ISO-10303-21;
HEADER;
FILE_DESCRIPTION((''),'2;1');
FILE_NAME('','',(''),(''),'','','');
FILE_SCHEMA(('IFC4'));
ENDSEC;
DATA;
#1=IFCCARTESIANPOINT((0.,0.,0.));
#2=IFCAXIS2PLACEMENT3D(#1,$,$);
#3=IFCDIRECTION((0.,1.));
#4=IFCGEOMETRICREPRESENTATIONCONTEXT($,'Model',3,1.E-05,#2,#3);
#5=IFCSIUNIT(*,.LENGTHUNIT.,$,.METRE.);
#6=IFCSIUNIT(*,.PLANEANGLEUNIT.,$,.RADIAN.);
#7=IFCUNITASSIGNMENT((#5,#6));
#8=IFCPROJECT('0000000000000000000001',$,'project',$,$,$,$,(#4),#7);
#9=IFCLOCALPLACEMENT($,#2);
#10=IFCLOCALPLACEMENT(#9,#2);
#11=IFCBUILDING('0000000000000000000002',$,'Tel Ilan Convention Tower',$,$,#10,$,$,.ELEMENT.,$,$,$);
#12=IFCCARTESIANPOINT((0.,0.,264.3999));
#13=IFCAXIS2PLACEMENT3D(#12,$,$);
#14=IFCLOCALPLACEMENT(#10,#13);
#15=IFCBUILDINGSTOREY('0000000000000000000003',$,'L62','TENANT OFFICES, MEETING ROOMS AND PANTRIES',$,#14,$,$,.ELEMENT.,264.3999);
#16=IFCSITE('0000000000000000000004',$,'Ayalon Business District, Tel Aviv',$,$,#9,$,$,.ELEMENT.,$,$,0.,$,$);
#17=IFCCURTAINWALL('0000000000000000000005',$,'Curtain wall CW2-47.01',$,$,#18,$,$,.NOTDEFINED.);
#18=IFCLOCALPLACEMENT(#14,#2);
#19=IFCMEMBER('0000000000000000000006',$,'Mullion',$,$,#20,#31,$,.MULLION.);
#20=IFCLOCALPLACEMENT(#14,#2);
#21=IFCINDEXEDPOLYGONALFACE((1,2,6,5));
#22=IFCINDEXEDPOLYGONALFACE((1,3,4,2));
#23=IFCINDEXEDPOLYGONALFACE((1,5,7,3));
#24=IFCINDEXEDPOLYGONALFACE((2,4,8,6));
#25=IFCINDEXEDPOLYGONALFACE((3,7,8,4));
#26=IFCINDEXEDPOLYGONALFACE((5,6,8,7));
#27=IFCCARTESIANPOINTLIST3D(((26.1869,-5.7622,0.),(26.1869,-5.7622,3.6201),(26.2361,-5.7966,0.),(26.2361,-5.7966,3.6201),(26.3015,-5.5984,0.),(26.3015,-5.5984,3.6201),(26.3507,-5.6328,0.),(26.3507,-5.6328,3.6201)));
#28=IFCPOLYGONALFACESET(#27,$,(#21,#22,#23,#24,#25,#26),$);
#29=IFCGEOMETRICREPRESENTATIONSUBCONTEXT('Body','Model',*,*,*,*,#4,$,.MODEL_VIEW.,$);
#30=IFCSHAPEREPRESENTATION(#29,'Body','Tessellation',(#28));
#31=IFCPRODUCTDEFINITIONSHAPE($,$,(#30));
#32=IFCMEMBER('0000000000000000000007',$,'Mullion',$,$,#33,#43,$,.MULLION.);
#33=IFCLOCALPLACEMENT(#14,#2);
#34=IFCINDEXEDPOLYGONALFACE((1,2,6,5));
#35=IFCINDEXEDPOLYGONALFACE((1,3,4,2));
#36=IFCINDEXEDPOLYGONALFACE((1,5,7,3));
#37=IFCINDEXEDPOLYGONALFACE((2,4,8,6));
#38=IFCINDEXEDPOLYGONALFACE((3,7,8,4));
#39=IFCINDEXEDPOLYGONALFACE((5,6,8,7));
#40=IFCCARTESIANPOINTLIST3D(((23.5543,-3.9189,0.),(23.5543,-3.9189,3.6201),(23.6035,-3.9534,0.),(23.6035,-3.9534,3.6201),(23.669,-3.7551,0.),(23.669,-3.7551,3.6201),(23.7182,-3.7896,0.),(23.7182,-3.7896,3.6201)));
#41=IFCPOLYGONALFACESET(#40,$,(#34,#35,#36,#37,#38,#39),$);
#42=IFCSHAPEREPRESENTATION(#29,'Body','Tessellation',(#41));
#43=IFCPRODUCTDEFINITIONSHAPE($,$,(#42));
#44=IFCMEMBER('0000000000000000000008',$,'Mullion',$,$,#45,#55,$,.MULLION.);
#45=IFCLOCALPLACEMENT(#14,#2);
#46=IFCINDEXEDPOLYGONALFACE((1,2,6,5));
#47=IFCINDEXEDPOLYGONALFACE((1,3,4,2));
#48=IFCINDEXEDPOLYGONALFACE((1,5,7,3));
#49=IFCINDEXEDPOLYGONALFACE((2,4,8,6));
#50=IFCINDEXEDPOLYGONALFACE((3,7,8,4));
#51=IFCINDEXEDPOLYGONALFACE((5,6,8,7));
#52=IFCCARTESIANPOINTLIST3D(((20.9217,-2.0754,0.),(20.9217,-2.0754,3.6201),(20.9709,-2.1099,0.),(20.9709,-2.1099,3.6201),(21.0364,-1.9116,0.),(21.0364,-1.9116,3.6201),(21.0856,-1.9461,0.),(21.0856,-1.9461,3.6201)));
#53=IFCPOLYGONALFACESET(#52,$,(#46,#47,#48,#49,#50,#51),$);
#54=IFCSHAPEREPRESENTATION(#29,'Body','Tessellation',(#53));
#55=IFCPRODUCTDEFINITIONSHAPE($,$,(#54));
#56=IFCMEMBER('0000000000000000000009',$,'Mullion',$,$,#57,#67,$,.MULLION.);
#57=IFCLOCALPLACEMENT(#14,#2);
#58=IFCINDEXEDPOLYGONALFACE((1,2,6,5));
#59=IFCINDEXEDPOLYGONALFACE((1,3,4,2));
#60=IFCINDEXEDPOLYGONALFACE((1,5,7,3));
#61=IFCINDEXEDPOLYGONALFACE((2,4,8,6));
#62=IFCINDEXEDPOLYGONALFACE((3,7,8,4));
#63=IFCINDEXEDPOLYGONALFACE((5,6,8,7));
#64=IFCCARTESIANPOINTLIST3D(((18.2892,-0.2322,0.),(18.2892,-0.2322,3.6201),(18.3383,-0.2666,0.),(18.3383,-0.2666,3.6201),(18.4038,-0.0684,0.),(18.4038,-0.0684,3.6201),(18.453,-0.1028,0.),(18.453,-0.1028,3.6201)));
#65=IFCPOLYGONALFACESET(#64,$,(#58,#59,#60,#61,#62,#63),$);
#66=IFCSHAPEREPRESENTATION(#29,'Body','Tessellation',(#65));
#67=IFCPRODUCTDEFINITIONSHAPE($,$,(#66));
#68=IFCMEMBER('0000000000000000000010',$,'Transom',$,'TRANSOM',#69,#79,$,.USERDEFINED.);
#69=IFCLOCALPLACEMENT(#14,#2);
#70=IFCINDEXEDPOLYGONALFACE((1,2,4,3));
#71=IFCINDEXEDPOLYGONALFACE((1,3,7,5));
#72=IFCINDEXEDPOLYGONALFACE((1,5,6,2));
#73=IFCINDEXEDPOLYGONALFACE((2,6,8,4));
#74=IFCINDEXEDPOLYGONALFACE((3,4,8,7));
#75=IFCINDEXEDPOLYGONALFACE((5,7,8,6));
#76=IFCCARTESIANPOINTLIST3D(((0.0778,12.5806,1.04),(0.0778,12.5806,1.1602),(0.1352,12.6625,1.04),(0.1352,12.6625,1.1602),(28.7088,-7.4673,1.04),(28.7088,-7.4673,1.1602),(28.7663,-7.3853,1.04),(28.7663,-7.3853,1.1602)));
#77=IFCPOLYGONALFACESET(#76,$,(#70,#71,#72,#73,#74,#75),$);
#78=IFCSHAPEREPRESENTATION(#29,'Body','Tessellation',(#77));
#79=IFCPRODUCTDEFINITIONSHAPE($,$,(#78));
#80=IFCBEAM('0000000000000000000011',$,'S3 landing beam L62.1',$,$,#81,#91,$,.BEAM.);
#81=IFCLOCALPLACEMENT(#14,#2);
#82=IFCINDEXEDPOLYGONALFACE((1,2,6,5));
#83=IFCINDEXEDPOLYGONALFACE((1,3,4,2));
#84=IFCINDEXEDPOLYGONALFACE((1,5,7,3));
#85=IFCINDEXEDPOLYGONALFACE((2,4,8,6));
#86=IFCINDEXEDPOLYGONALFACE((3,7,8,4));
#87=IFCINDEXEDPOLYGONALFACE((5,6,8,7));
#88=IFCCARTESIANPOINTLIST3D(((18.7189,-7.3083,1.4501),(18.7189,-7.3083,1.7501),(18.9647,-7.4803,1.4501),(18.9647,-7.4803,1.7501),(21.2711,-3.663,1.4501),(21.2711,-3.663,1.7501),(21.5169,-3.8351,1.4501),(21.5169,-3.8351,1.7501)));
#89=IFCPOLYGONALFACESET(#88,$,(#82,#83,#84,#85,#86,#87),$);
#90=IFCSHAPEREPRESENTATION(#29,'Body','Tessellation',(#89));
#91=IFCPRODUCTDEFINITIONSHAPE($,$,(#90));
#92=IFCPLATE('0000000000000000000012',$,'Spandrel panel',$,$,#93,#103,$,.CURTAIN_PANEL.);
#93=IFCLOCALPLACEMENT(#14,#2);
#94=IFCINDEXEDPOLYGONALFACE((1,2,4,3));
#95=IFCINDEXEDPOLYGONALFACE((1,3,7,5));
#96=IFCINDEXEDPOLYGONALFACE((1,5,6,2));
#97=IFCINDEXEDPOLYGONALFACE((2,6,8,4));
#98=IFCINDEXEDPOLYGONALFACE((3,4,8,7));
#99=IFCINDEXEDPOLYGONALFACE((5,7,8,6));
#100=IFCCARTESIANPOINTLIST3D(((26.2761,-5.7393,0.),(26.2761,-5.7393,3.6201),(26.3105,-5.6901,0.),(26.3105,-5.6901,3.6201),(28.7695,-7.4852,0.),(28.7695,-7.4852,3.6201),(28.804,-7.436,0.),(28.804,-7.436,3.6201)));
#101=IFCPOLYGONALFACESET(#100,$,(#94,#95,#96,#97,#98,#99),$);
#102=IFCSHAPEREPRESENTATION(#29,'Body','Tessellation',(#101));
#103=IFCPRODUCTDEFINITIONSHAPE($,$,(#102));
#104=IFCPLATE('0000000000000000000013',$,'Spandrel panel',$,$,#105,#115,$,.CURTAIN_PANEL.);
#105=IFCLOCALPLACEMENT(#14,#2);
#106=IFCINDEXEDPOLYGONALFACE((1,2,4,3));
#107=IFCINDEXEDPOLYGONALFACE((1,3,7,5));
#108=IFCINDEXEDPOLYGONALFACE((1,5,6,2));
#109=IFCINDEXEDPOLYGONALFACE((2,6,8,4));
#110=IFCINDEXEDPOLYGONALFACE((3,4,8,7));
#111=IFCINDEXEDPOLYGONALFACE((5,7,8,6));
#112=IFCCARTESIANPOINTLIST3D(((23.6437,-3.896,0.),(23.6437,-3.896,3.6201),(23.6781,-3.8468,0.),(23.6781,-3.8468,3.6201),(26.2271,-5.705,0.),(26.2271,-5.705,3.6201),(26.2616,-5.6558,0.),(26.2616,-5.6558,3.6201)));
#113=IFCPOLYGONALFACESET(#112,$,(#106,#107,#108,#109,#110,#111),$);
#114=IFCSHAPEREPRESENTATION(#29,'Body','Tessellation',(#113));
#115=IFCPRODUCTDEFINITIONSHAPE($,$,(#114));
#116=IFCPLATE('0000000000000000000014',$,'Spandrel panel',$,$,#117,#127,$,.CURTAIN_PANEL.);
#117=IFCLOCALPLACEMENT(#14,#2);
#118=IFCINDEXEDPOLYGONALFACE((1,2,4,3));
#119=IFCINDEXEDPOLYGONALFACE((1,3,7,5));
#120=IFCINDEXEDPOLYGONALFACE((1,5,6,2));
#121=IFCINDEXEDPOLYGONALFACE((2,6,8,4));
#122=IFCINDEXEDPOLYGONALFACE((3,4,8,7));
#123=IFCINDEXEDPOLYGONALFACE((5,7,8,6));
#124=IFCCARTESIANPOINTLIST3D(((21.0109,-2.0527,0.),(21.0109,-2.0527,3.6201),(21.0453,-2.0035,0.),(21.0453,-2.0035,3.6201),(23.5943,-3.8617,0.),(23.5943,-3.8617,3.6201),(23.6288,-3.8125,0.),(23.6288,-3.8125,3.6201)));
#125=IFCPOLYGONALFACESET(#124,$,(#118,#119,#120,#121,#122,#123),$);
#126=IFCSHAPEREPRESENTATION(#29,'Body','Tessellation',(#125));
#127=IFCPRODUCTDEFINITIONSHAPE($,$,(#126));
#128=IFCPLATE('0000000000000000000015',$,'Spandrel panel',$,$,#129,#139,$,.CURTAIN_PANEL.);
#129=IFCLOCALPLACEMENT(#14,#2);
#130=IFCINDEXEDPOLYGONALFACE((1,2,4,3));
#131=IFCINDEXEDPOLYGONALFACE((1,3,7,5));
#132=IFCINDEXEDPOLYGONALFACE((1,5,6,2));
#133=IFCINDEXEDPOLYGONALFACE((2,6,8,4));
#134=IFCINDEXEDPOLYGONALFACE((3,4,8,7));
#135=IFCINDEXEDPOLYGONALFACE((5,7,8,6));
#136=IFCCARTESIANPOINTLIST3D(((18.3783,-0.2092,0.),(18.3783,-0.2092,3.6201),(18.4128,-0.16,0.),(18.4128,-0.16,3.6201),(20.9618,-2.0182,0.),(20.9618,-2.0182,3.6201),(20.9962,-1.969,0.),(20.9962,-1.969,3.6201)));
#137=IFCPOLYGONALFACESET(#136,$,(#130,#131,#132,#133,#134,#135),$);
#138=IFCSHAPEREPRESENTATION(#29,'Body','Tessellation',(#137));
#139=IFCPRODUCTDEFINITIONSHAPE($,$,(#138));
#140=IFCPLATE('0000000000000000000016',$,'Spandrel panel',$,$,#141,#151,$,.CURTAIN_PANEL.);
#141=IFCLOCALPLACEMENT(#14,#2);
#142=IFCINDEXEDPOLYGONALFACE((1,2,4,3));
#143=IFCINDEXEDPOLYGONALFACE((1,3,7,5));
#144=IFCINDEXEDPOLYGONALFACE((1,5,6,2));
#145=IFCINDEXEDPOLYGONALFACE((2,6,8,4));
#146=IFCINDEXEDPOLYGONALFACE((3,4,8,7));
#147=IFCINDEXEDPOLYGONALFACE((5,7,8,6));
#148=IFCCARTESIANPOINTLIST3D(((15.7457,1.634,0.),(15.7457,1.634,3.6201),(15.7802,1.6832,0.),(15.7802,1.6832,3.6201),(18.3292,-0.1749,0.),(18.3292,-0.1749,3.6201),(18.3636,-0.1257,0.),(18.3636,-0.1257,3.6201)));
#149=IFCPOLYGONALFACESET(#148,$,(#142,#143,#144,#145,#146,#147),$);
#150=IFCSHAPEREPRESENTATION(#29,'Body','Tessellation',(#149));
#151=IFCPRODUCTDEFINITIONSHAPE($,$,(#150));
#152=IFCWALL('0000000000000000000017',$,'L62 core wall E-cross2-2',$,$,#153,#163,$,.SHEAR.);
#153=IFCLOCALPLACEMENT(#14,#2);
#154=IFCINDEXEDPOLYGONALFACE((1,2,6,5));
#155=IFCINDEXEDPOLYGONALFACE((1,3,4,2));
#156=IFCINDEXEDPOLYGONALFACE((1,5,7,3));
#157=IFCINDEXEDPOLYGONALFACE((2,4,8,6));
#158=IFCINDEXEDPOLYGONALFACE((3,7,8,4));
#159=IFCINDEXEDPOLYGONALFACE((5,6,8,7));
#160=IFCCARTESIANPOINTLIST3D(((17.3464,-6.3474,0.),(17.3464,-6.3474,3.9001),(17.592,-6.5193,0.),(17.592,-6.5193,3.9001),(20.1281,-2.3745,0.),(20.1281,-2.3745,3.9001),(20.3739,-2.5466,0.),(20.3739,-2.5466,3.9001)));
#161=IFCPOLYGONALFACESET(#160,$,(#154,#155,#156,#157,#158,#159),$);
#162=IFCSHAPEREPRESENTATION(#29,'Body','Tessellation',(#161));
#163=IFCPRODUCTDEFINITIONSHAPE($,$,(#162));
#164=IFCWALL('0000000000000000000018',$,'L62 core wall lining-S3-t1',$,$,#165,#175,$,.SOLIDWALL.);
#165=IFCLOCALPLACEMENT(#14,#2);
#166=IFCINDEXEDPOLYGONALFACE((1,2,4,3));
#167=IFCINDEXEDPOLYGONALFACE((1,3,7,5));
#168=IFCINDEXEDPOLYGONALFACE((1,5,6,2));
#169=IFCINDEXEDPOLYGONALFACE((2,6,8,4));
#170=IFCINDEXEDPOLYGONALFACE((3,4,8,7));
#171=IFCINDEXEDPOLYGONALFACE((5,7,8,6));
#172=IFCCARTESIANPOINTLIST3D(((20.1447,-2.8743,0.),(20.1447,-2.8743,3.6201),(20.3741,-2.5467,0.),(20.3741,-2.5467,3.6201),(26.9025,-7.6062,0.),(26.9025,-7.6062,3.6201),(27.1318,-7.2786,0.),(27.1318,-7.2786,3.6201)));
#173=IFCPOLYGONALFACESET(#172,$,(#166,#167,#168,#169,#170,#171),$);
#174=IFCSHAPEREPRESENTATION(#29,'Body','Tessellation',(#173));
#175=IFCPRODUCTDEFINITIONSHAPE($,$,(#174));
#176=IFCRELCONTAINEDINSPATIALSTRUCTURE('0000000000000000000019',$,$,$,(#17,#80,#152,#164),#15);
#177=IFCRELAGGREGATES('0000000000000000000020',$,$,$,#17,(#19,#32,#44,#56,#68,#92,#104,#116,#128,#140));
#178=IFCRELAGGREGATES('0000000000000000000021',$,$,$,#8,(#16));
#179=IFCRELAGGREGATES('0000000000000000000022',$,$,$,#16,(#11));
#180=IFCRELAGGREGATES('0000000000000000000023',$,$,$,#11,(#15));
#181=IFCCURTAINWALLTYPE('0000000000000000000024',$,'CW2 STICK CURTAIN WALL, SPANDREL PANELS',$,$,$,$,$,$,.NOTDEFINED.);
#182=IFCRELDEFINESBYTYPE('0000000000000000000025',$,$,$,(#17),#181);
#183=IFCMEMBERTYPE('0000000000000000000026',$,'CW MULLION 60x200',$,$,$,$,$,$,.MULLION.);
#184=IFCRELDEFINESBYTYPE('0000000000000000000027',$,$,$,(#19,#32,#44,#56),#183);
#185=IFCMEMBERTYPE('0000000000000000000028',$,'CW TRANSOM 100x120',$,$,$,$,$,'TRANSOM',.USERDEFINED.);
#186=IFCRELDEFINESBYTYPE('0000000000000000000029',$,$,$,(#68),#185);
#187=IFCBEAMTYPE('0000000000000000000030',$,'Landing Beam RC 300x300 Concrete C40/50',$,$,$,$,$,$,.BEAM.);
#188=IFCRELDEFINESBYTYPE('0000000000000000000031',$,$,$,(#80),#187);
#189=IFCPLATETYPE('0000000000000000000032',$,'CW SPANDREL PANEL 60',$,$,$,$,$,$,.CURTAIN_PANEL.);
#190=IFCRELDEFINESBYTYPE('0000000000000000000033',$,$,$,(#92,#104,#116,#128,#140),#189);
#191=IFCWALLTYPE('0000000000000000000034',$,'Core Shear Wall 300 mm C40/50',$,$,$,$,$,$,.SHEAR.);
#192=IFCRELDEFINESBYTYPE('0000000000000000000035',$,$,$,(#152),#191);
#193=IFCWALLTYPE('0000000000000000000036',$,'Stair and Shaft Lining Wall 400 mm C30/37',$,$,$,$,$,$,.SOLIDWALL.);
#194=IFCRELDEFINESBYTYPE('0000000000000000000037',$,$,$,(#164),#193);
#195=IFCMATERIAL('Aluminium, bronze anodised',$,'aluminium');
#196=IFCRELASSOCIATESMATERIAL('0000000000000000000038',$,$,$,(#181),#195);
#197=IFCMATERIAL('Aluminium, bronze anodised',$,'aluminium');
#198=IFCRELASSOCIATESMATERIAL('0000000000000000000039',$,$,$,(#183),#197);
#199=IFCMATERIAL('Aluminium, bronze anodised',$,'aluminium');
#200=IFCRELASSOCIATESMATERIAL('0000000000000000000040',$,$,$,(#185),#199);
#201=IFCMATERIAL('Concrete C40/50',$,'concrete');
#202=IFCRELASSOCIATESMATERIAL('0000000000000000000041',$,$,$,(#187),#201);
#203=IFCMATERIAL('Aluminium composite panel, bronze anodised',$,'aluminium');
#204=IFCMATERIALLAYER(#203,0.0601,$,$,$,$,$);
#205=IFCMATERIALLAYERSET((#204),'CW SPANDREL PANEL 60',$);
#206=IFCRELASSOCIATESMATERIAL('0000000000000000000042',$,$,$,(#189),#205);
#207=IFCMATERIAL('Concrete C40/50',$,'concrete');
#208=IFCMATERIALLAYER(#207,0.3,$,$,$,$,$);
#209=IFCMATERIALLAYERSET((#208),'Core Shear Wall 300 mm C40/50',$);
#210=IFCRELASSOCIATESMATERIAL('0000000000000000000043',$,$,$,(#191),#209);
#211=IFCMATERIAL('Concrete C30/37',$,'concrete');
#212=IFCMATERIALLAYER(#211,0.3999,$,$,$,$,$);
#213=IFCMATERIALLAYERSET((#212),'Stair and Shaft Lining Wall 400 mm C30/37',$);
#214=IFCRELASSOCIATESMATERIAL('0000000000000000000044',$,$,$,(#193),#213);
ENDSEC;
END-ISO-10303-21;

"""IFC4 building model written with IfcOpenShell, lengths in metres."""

from ifc_helpers import new_model, si_unit, direction, frame, frame_2d, origin, origin_2d, place, context, subcontext, project, spatial, polyline, rectangle, outline, extrude, material, layer, layer_set, material_profile, profile_set, type_object, element, aggregate, save


model = new_model("IFC4")

# Units and contexts
model_context = context("Model", 3, precision=1e-05, world=origin(), true_north=direction((0.0, 1.0)))
body_context = subcontext(model_context, "Body", "Model", "MODEL_VIEW")
ifc_project = project(units=[si_unit("LENGTHUNIT", "METRE"), si_unit("PLANEANGLEUNIT", "RADIAN")], contexts=[model_context])

# Site, building, storey
site_placement = place(None, origin())
site = spatial("IfcSite", under=ifc_project, at=site_placement, Name="Ayalon Business District, Tel Aviv", CompositionType="ELEMENT", RefElevation=0.0)
building_placement = place(site_placement, origin())
building = spatial("IfcBuilding", under=site, at=building_placement, Name="Tel Ilan Convention Tower", CompositionType="ELEMENT")
storey_placement = place(building_placement, frame((0.0, 0.0, 264.3999)))
storey = spatial("IfcBuildingStorey", under=building, at=storey_placement, Name="L62", Description="TENANT OFFICES, MEETING ROOMS AND PANTRIES", CompositionType="ELEMENT", Elevation=264.3999)

# Curtain wall, members
ifc_material_1 = material(Name="Aluminium, bronze anodised", Category="aluminium")
curtain_wall_type = type_object("IfcCurtainWallType", Name="CW2 STICK CURTAIN WALL, SPANDREL PANELS", PredefinedType="NOTDEFINED", material=ifc_material_1)
curtain_wall_placement = place(storey_placement, origin())
curtain_wall = element("IfcCurtainWall", 1, at=curtain_wall_placement, inside=storey, type_object=curtain_wall_type, Name="Curtain wall CW2-47.01", PredefinedType="NOTDEFINED")
ifc_material_2 = material(Name="Aluminium, bronze anodised", Category="aluminium")
ifc_material_profile_1 = material_profile(ifc_material_2, rectangle(XDim=0.0601, YDim=0.2, at=origin_2d()), Name="CW MULLION 60x200")
ifc_profile_set_1 = profile_set([ifc_material_profile_1], Name="Aluminium, bronze anodised")
member_type_1 = type_object("IfcMemberType", Name="CW MULLION 60x200", PredefinedType="MULLION", material=ifc_profile_set_1)
member_1_placement = place(storey_placement, frame((26.2688, -5.6975, 0.0), z_axis=(0.0, 0.0, 1.0), x_axis=(-0.819152, 0.573576, 0.0)))
member_1 = element("IfcMember", 2, at=member_1_placement, type_object=member_type_1, Name="Mullion", PredefinedType="MULLION", context=body_context, shape_type="SweptSolid", body=[
    extrude(rectangle(XDim=0.0601, YDim=0.2, at=origin_2d()), origin(), (0.0, 0.0, 1.0), 3.6201),
])
member_2_placement = place(storey_placement, frame((23.6362, -3.8542, 0.0), z_axis=(0.0, 0.0, 1.0), x_axis=(-0.819152, 0.573576, 0.0)))
member_2 = element("IfcMember", 3, at=member_2_placement, type_object=member_type_1, Name="Mullion", PredefinedType="MULLION", context=body_context, shape_type="SweptSolid", body=[
    extrude(rectangle(XDim=0.0601, YDim=0.2, at=origin_2d()), origin(), (0.0, 0.0, 1.0), 3.6201),
])
member_3_placement = place(storey_placement, frame((21.0037, -2.0107, 0.0), z_axis=(0.0, 0.0, 1.0), x_axis=(-0.819152, 0.573576, 0.0)))
member_3 = element("IfcMember", 4, at=member_3_placement, type_object=member_type_1, Name="Mullion", PredefinedType="MULLION", context=body_context, shape_type="SweptSolid", body=[
    extrude(rectangle(XDim=0.0601, YDim=0.2, at=origin_2d()), origin(), (0.0, 0.0, 1.0), 3.6201),
])
member_4_placement = place(storey_placement, frame((18.3711, -0.1675, 0.0), z_axis=(0.0, 0.0, 1.0), x_axis=(-0.819152, 0.573576, 0.0)))
member_4 = element("IfcMember", 5, at=member_4_placement, type_object=member_type_1, Name="Mullion", PredefinedType="MULLION", context=body_context, shape_type="SweptSolid", body=[
    extrude(rectangle(XDim=0.0601, YDim=0.2, at=origin_2d()), origin(), (0.0, 0.0, 1.0), 3.6201),
])
ifc_material_3 = material(Name="Aluminium, bronze anodised", Category="aluminium")
ifc_material_profile_2 = material_profile(ifc_material_3, rectangle(XDim=0.1001, YDim=0.1201, at=origin_2d()), Name="CW TRANSOM 100x120")
ifc_profile_set_2 = profile_set([ifc_material_profile_2], Name="Aluminium, bronze anodised")
member_type_2 = type_object("IfcMemberType", Name="CW TRANSOM 100x120", ElementType="TRANSOM", PredefinedType="USERDEFINED", material=ifc_profile_set_2)
member_5_placement = place(storey_placement, frame((28.7375, -7.4263, 1.1001), z_axis=(-0.81915, 0.573579, 0.0), x_axis=(-0.573579, -0.81915, 0.0)))
member_5 = element("IfcMember", 6, at=member_5_placement, type_object=member_type_2, Name="Transom", ObjectType="TRANSOM", PredefinedType="USERDEFINED", context=body_context, shape_type="SweptSolid", body=[
    extrude(rectangle(XDim=0.1001, YDim=0.1201, at=origin_2d()), origin(), (0.0, 0.0, 1.0), 34.9521),
])

# Beam
ifc_material_4 = material(Name="Concrete C40/50", Category="concrete")
ifc_material_profile_3 = material_profile(ifc_material_4, rectangle(XDim=0.3, YDim=0.3, at=origin_2d()), Name="RC 300x300")
ifc_profile_set_3 = profile_set([ifc_material_profile_3], Name="Concrete C40/50")
beam_type = type_object("IfcBeamType", Name="Landing Beam RC 300x300 Concrete C40/50", PredefinedType="BEAM", material=ifc_profile_set_3)
beam_placement = place(storey_placement, frame((21.394, -3.749, 1.6001), z_axis=(-0.573547, -0.819173, 0.0), x_axis=(0.819173, -0.573547, 0.0)))
element("IfcBeam", 7, at=beam_placement, inside=storey, type_object=beam_type, Name="S3 landing beam L62.1", PredefinedType="BEAM", context=body_context, shape_type="SweptSolid", body=[
    extrude(rectangle(XDim=0.3, YDim=0.3, at=origin_2d()), origin(), (0.0, 0.0, 1.0), 4.45),
])

# Plates
ifc_material_5 = material(Name="Aluminium composite panel, bronze anodised", Category="aluminium")
ifc_layer_1 = layer(ifc_material_5, 0.0601)
ifc_layer_set_1 = layer_set([ifc_layer_1], Name="CW SPANDREL PANEL 60")
plate_type = type_object("IfcPlateType", Name="CW SPANDREL PANEL 60", PredefinedType="CURTAIN_PANEL", material=ifc_layer_set_1)
plate_1_placement = place(storey_placement, frame((27.54, -6.5876, 0.0), z_axis=(0.0, 0.0, 1.0), x_axis=(-0.819152, 0.573576, 0.0)))
plate_1 = element("IfcPlate", 8, at=plate_1_placement, type_object=plate_type, Name="Spandrel panel", PredefinedType="CURTAIN_PANEL", context=body_context, shape_type="SweptSolid", body=[
    extrude(rectangle(XDim=3.0439, YDim=0.0601, at=origin_2d()), origin(), (0.0, 0.0, 1.0), 3.6201),
])
plate_2_placement = place(storey_placement, frame((24.9526, -4.7759, 0.0), z_axis=(0.0, 0.0, 1.0), x_axis=(-0.819152, 0.573576, 0.0)))
plate_2 = element("IfcPlate", 9, at=plate_2_placement, type_object=plate_type, Name="Spandrel panel", PredefinedType="CURTAIN_PANEL", context=body_context, shape_type="SweptSolid", body=[
    extrude(rectangle(XDim=3.1538, YDim=0.0601, at=origin_2d()), origin(), (0.0, 0.0, 1.0), 3.6201),
])
plate_3_placement = place(storey_placement, frame((22.3198, -2.9326, 0.0), z_axis=(0.0, 0.0, 1.0), x_axis=(-0.819152, 0.573576, 0.0)))
plate_3 = element("IfcPlate", 10, at=plate_3_placement, type_object=plate_type, Name="Spandrel panel", PredefinedType="CURTAIN_PANEL", context=body_context, shape_type="SweptSolid", body=[
    extrude(rectangle(XDim=3.1538, YDim=0.0601, at=origin_2d()), origin(), (0.0, 0.0, 1.0), 3.6201),
])
plate_4_placement = place(storey_placement, frame((19.6873, -1.0891, 0.0), z_axis=(0.0, 0.0, 1.0), x_axis=(-0.819152, 0.573576, 0.0)))
plate_4 = element("IfcPlate", 11, at=plate_4_placement, type_object=plate_type, Name="Spandrel panel", PredefinedType="CURTAIN_PANEL", context=body_context, shape_type="SweptSolid", body=[
    extrude(rectangle(XDim=3.1538, YDim=0.0601, at=origin_2d()), origin(), (0.0, 0.0, 1.0), 3.6201),
])
plate_5_placement = place(storey_placement, frame((17.0547, 0.7542, 0.0), z_axis=(0.0, 0.0, 1.0), x_axis=(-0.819152, 0.573576, 0.0)))
plate_5 = element("IfcPlate", 12, at=plate_5_placement, type_object=plate_type, Name="Spandrel panel", PredefinedType="CURTAIN_PANEL", context=body_context, shape_type="SweptSolid", body=[
    extrude(rectangle(XDim=3.1538, YDim=0.0601, at=origin_2d()), origin(), (0.0, 0.0, 1.0), 3.6201),
])
aggregate(curtain_wall, [member_1, member_2, member_3, member_4, member_5, plate_1, plate_2, plate_3, plate_4, plate_5])

# Walls
ifc_material_6 = material(Name="Concrete C40/50", Category="concrete")
ifc_layer_2 = layer(ifc_material_6, 0.3)
ifc_layer_set_2 = layer_set([ifc_layer_2], Name="Core Shear Wall 300 mm C40/50")
wall_type_1 = type_object("IfcWallType", Name="Core Shear Wall 300 mm C40/50", PredefinedType="SHEAR", material=ifc_layer_set_2)
wall_1_placement = place(storey_placement, frame((17.4692, -6.4333, 0.0), z_axis=(0.0, 0.0, 1.0), x_axis=(0.573594, 0.81914, 0.0)))
element("IfcWall", 13, at=wall_1_placement, inside=storey, type_object=wall_type_1, Name="L62 core wall E-cross2-2", PredefinedType="SHEAR", context=body_context, shape_type="SweptSolid", body=[
    extrude(outline(polyline([(4.8499, -0.1499), (4.8499, 0.1501), (0.0, 0.1499), (0.0, -0.1499), (4.8499, -0.1499)])), origin(), (0.0, 0.0, 1.0), 3.9001),
])
ifc_material_7 = material(Name="Concrete C30/37", Category="concrete")
ifc_layer_3 = layer(ifc_material_7, 0.3999)
ifc_layer_set_3 = layer_set([ifc_layer_3], Name="Stair and Shaft Lining Wall 400 mm C30/37")
wall_type_2 = type_object("IfcWallType", Name="Stair and Shaft Lining Wall 400 mm C30/37", PredefinedType="SOLIDWALL", material=ifc_layer_set_3)
wall_2_placement = place(storey_placement, frame((20.2593, -2.7104, 0.0), z_axis=(0.0, 0.0, 1.0), x_axis=(0.819148, -0.573582, 0.0)))
element("IfcWall", 14, at=wall_2_placement, inside=storey, type_object=wall_type_2, Name="L62 core wall lining-S3-t1", PredefinedType="SOLIDWALL", context=body_context, shape_type="SweptSolid", body=[
    extrude(rectangle(XDim=8.2498, YDim=0.3999, at=frame_2d((4.125, 0.0))), origin(), (0.0, 0.0, 1.0), 3.6201),
])

save(model, "model.ifc")
